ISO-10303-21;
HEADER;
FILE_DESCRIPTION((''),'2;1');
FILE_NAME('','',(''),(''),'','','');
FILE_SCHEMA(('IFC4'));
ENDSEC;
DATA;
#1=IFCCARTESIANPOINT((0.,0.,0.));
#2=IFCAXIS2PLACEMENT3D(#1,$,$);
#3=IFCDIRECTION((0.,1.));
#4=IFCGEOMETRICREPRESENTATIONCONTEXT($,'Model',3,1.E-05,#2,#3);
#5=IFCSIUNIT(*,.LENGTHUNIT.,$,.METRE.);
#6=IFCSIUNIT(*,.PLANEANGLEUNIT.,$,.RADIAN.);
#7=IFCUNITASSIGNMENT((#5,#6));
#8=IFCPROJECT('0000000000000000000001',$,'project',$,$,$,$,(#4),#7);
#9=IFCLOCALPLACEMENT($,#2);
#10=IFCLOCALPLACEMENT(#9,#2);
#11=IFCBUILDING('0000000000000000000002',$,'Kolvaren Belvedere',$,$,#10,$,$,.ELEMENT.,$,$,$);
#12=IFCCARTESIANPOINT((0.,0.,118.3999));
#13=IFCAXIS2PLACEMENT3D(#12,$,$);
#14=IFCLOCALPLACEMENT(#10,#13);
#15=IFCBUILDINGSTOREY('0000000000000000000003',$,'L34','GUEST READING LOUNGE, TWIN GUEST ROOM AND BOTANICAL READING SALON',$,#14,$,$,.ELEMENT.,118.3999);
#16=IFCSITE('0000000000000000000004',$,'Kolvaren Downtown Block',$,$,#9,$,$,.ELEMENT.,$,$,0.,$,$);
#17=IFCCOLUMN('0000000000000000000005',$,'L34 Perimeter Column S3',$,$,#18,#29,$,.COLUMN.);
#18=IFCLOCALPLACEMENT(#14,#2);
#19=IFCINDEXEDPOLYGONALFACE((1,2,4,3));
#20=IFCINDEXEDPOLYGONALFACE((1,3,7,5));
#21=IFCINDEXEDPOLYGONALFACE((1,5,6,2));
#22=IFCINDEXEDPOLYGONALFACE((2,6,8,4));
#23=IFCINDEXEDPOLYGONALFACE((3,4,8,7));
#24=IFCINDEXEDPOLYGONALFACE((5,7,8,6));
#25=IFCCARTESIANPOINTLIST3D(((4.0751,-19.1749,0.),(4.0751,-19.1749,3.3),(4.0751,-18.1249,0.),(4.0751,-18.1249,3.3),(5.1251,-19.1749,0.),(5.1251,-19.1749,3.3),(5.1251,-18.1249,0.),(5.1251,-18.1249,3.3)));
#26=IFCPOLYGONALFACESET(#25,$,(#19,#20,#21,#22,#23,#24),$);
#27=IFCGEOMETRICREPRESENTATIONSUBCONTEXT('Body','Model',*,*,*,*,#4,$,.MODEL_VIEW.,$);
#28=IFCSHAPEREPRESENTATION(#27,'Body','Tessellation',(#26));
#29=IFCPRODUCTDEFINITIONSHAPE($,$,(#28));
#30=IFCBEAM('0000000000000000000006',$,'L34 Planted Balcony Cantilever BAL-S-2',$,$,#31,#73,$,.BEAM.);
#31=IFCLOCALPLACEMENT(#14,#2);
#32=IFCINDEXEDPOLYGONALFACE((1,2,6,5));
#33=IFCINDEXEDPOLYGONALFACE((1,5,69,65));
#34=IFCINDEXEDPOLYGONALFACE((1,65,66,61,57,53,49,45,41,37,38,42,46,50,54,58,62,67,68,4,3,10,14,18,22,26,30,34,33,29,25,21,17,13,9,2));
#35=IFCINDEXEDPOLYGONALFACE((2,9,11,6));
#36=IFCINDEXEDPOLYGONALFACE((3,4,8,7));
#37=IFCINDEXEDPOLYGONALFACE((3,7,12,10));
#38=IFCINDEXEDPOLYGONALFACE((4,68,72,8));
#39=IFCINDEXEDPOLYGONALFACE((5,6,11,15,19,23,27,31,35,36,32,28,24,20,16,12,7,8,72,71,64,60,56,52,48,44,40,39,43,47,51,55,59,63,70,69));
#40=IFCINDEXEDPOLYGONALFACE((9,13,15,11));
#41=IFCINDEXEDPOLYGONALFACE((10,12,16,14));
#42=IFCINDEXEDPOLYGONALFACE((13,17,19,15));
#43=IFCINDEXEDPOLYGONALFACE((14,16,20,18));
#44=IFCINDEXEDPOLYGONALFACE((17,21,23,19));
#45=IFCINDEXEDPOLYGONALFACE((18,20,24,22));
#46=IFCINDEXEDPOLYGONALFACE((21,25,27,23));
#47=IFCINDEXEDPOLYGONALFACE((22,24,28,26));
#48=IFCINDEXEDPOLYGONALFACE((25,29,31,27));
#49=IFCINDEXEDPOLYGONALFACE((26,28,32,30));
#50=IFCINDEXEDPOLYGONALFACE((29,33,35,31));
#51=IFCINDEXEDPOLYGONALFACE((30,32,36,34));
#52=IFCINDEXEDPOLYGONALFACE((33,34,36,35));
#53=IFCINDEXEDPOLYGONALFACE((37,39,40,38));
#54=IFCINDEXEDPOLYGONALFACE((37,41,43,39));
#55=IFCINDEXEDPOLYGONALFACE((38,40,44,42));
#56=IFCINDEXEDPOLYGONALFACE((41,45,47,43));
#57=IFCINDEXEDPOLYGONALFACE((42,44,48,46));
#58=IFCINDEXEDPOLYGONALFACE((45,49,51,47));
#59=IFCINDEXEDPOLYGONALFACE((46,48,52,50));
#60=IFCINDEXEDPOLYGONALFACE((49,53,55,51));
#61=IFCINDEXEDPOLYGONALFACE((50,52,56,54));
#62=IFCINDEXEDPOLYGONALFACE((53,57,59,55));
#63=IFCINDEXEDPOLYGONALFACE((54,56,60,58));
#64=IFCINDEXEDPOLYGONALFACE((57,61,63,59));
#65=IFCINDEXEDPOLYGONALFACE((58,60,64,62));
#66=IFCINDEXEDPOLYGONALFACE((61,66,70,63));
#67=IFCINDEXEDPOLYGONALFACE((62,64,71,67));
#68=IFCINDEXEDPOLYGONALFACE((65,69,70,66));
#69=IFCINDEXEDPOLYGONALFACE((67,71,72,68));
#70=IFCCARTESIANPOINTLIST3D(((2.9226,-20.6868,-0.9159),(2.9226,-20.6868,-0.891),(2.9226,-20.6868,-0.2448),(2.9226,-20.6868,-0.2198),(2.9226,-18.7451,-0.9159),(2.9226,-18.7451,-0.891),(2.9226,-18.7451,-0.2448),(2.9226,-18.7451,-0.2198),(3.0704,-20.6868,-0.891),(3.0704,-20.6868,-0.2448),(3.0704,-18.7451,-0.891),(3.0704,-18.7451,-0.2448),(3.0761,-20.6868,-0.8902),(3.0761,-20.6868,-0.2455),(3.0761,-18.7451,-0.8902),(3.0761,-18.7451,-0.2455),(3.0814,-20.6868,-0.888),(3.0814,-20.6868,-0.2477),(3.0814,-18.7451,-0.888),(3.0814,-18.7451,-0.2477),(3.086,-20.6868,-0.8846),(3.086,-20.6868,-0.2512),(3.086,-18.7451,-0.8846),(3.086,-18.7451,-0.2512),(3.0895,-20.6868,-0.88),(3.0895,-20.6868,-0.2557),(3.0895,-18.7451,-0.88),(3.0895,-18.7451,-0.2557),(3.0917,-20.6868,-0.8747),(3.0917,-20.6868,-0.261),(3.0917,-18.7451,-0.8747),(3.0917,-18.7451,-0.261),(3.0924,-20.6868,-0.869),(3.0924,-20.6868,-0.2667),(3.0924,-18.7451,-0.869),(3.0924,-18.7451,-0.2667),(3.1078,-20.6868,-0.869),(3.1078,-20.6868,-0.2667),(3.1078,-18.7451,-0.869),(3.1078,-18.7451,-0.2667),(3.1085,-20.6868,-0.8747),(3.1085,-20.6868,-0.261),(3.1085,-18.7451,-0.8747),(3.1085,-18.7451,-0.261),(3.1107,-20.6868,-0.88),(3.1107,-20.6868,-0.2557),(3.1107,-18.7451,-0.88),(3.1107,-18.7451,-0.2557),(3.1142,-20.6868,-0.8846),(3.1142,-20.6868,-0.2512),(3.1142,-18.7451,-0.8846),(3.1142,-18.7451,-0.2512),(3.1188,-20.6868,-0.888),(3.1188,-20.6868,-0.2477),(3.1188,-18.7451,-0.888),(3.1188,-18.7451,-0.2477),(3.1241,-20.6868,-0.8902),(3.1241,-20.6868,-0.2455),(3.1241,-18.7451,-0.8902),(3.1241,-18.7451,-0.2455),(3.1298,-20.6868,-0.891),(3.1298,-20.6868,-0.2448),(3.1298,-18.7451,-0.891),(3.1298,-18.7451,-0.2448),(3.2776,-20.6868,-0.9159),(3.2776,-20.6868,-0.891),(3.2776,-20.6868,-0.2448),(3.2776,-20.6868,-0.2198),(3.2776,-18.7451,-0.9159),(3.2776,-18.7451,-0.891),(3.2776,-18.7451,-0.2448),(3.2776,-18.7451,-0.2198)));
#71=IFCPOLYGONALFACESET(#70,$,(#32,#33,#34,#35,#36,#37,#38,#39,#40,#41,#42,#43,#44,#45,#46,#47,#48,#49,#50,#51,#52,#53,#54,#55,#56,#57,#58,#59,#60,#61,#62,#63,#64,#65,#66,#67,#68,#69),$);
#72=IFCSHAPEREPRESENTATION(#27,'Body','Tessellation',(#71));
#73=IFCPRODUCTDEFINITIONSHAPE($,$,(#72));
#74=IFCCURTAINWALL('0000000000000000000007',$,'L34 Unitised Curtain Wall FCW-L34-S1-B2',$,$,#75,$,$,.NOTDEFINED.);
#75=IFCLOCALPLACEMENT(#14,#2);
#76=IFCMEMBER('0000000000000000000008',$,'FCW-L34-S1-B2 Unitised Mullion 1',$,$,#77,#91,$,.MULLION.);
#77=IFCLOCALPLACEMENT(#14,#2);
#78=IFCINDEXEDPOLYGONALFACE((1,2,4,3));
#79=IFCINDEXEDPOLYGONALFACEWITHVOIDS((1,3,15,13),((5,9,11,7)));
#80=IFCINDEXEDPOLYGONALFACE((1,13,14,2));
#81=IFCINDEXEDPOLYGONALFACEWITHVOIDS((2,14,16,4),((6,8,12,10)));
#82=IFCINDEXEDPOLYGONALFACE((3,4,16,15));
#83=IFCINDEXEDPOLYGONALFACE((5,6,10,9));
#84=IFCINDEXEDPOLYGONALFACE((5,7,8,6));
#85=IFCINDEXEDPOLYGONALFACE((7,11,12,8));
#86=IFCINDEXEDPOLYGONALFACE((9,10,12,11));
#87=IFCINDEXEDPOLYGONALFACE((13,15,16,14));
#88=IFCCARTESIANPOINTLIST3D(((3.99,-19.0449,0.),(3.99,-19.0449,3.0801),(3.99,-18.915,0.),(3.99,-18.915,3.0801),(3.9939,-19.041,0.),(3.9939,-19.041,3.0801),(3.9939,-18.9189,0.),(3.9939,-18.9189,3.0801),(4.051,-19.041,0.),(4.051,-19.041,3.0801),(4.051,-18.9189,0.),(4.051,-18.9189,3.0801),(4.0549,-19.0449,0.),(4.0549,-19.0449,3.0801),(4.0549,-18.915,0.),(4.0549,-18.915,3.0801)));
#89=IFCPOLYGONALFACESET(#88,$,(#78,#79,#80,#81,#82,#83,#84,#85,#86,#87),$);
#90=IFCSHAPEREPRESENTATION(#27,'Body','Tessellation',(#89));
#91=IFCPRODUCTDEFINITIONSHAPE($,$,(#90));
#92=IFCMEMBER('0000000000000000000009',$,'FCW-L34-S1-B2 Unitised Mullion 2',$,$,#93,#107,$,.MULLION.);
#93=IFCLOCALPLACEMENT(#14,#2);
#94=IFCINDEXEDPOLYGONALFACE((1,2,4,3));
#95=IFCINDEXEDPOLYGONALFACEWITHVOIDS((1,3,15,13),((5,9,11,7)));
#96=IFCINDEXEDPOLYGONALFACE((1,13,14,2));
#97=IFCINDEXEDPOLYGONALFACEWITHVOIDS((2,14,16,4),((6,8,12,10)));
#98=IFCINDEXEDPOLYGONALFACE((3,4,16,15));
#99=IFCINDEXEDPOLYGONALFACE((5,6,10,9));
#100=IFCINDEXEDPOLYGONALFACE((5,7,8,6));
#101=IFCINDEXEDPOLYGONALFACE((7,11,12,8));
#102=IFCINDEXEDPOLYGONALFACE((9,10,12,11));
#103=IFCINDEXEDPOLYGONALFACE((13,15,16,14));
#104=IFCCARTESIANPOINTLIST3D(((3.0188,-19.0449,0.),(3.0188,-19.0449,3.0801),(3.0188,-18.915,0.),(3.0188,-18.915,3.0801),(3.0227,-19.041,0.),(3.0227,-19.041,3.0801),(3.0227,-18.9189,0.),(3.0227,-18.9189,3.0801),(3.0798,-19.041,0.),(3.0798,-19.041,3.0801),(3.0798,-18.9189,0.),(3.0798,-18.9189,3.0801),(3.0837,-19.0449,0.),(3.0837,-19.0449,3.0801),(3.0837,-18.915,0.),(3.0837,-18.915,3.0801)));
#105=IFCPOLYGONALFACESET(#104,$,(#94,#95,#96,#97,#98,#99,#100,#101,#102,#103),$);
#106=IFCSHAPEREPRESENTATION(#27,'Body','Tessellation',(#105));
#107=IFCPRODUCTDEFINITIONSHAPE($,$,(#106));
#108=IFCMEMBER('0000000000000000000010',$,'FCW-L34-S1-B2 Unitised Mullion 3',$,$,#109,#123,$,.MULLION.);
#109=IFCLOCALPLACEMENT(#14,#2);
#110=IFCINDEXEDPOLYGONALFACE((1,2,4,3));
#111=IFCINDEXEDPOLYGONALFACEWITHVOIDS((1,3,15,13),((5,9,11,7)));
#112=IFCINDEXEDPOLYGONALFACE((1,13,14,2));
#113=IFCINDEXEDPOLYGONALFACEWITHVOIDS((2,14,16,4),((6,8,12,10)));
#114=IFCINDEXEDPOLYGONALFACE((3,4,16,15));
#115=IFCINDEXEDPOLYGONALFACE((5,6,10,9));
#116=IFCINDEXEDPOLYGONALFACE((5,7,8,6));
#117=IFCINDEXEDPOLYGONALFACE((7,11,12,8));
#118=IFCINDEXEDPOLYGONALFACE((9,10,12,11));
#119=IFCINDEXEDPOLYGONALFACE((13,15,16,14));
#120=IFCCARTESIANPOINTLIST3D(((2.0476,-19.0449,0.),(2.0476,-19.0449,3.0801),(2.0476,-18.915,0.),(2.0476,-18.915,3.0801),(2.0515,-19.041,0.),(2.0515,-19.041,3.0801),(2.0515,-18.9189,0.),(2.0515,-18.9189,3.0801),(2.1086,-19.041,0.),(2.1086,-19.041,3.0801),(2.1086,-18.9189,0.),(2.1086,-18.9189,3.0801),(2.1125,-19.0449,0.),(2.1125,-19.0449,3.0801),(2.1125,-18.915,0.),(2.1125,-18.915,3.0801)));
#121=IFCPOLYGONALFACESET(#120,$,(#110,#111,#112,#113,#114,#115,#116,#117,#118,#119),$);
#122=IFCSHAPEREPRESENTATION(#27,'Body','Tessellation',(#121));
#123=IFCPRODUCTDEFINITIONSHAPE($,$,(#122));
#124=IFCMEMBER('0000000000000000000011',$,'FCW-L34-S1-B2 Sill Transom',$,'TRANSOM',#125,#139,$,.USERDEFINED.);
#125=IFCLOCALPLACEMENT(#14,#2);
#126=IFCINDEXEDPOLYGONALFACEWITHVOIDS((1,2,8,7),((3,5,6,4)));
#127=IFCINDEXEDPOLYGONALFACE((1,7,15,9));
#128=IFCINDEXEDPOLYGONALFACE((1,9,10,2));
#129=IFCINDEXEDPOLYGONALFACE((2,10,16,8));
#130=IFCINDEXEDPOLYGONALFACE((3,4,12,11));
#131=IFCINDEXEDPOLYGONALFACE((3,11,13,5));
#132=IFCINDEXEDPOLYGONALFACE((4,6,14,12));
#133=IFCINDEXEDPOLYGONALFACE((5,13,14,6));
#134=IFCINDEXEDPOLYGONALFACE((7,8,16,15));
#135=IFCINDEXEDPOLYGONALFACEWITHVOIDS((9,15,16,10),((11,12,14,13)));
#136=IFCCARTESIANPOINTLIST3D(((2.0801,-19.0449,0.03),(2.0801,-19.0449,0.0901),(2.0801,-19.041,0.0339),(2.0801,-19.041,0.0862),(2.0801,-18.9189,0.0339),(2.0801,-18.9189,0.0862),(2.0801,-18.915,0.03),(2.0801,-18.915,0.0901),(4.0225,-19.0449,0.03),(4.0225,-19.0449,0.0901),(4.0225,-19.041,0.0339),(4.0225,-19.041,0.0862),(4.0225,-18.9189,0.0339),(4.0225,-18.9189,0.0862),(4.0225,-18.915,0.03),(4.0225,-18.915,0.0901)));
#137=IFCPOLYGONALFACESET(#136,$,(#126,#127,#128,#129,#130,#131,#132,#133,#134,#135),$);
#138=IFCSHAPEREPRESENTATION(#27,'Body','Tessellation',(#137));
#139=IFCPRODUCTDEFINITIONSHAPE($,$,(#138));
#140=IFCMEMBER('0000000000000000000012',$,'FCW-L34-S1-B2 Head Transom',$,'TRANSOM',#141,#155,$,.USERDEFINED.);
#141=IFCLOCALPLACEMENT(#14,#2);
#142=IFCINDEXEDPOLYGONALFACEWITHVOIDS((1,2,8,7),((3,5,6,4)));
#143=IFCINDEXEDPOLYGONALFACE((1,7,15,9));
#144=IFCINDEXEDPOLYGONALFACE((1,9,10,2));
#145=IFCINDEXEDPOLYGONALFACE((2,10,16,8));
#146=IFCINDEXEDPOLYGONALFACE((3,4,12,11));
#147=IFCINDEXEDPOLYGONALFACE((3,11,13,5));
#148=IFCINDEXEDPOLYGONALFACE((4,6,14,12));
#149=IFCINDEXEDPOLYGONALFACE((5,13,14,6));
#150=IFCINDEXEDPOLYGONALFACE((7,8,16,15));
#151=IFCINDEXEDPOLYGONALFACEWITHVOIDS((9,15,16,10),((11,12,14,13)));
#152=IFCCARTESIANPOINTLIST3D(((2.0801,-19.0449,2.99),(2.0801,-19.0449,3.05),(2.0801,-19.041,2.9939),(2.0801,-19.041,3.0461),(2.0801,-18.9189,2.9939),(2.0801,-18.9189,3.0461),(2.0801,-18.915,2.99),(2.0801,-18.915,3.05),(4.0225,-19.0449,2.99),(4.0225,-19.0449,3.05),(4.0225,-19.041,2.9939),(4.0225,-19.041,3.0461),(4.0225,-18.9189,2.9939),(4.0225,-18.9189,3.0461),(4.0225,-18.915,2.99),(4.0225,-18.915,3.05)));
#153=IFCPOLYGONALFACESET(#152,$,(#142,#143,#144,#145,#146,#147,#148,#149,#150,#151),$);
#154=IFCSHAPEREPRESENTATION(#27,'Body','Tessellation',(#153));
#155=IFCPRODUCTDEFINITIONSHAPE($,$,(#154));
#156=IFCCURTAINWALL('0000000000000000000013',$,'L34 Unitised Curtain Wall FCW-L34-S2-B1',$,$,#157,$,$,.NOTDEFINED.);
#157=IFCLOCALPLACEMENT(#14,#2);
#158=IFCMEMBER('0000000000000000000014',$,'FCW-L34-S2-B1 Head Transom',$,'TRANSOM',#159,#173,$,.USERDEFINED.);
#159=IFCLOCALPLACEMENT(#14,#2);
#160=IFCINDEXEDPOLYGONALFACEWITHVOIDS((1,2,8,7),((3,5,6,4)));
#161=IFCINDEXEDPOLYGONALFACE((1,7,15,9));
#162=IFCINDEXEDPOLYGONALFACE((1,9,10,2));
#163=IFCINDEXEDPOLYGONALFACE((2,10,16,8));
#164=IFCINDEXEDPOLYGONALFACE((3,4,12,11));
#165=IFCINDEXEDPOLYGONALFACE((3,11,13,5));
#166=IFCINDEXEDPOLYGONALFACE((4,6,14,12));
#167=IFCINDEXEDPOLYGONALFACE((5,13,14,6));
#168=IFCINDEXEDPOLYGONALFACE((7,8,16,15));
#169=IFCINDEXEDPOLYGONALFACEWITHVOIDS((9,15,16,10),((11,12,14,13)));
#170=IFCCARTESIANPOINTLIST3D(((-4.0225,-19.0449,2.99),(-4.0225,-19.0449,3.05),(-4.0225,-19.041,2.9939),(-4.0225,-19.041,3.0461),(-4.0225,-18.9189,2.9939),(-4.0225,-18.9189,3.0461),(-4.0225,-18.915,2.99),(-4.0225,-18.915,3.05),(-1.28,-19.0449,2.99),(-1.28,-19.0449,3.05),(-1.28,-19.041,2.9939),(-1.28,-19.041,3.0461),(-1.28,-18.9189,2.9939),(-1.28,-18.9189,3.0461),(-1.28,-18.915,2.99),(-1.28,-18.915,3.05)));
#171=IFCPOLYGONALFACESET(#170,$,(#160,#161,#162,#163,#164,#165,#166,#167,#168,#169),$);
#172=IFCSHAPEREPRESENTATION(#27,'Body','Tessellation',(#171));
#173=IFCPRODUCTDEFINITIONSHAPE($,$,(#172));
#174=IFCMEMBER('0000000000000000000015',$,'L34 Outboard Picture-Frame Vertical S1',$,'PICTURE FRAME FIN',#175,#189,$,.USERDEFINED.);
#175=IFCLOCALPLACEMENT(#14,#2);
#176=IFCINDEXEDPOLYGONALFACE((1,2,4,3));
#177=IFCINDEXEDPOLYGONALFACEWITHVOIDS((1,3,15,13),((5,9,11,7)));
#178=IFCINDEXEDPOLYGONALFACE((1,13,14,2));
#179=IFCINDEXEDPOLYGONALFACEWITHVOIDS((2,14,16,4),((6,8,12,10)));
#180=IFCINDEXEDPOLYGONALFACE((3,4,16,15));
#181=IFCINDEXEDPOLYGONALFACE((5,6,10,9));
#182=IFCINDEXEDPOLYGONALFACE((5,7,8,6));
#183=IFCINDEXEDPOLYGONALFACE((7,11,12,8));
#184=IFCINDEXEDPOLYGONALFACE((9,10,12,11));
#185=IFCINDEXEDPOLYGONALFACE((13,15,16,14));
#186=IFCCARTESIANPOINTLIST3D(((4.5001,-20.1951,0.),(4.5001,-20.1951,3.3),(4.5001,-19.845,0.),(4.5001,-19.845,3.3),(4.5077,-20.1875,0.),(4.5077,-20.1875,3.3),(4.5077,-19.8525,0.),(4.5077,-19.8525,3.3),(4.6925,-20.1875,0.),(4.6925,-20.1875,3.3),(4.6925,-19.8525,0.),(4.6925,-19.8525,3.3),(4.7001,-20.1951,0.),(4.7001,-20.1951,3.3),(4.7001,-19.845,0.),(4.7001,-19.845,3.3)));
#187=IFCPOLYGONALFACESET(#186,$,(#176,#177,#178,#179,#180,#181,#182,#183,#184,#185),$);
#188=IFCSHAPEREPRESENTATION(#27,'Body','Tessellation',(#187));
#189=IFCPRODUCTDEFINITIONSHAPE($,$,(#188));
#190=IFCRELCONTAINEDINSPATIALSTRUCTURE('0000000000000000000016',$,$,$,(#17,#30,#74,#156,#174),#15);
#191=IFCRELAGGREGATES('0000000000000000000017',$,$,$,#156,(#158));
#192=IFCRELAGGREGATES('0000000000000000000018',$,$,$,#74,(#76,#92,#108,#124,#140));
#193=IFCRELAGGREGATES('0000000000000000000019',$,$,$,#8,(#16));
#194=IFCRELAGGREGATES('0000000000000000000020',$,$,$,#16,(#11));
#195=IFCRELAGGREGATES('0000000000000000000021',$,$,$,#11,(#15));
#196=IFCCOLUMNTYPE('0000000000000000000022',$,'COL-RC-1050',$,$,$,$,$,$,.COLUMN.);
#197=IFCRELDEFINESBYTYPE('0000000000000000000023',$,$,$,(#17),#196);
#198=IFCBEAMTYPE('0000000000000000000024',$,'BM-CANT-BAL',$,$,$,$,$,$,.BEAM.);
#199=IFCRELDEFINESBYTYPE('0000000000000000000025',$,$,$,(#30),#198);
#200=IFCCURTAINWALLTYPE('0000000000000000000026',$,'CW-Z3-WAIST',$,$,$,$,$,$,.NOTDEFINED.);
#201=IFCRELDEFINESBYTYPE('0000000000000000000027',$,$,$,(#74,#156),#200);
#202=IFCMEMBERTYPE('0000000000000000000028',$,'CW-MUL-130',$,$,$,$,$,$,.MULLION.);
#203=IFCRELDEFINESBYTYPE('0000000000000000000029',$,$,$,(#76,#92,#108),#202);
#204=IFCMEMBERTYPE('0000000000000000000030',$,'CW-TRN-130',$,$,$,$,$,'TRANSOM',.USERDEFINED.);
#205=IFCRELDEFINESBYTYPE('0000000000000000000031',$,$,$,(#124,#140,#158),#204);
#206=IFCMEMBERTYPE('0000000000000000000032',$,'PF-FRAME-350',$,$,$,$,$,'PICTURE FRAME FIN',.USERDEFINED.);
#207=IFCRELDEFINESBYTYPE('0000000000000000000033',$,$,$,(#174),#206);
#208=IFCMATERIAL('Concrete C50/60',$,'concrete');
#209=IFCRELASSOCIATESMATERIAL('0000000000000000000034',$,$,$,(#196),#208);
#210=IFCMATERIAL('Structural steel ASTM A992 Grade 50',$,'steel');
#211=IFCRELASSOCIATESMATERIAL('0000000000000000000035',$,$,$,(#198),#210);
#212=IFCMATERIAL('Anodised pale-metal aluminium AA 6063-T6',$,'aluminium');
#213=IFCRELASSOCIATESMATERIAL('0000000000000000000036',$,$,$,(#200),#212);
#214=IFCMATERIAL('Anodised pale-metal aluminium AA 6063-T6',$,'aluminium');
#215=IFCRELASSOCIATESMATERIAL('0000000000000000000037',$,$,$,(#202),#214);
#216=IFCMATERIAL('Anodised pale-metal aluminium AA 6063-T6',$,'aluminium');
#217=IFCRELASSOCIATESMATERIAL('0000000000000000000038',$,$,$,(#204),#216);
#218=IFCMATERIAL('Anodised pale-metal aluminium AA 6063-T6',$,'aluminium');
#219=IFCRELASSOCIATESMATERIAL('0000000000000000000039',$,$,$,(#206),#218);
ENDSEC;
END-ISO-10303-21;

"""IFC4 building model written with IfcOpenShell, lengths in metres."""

from ifc_helpers import new_model, si_unit, direction, frame, origin, origin_2d, place, context, subcontext, project, spatial, rectangle, hollow_rectangle, i_section, extrude, material, material_profile, profile_set, type_object, element, aggregate, save


model = new_model("IFC4")

# Units and contexts
model_context = context("Model", 3, precision=1e-05, world=origin(), true_north=direction((0.0, 1.0)))
body_context = subcontext(model_context, "Body", "Model", "MODEL_VIEW")
ifc_project = project(units=[si_unit("LENGTHUNIT", "METRE"), si_unit("PLANEANGLEUNIT", "RADIAN")], contexts=[model_context])

# Site, building, storey
site_placement = place(None, origin())
site = spatial("IfcSite", under=ifc_project, at=site_placement, Name="Kolvaren Downtown Block", CompositionType="ELEMENT", RefElevation=0.0)
building_placement = place(site_placement, origin())
building = spatial("IfcBuilding", under=site, at=building_placement, Name="Kolvaren Belvedere", CompositionType="ELEMENT")
storey_placement = place(building_placement, frame((0.0, 0.0, 118.3999)))
storey = spatial("IfcBuildingStorey", under=building, at=storey_placement, Name="L34", Description="GUEST READING LOUNGE, TWIN GUEST ROOM AND BOTANICAL READING SALON", CompositionType="ELEMENT", Elevation=118.3999)

# Column
ifc_material_1 = material(Name="Concrete C50/60", Category="concrete")
ifc_material_profile_1 = material_profile(ifc_material_1, rectangle(XDim=1.05, YDim=1.05, at=origin_2d()), Name="RC 1050X1050")
ifc_profile_set_1 = profile_set([ifc_material_profile_1], Name="Concrete C50/60")
column_type = type_object("IfcColumnType", Name="COL-RC-1050", PredefinedType="COLUMN", material=ifc_profile_set_1)
column_placement = place(storey_placement, frame((4.6001, -18.6499, 0.0), z_axis=(0.0, 0.0, 1.0), x_axis=(1.0, 0.0, 0.0)))
element("IfcColumn", 1, at=column_placement, inside=storey, type_object=column_type, Name="L34 Perimeter Column S3", PredefinedType="COLUMN", context=body_context, shape_type="SweptSolid", body=[
    extrude(rectangle(XDim=1.05, YDim=1.05, at=origin_2d()), origin(), (0.0, 0.0, 1.0), 3.3),
])

# Beam
ifc_material_2 = material(Name="Structural steel ASTM A992 Grade 50", Category="steel")
ifc_material_profile_2 = material_profile(ifc_material_2, i_section(OverallWidth=0.355, OverallDepth=0.696, WebThickness=0.0154, FlangeThickness=0.0249, FilletRadius=0.022, at=origin_2d()), Name="W27X146")
ifc_profile_set_2 = profile_set([ifc_material_profile_2], Name="Structural steel ASTM A992 Grade 50")
beam_type = type_object("IfcBeamType", Name="BM-CANT-BAL", PredefinedType="BEAM", material=ifc_profile_set_2)
beam_placement = place(storey_placement, frame((3.1001, -18.7451, -0.5679), z_axis=(0.0, -1.0, 0.0), x_axis=(1.0, 0.0, 0.0)))
element("IfcBeam", 2, at=beam_placement, inside=storey, type_object=beam_type, Name="L34 Planted Balcony Cantilever BAL-S-2", PredefinedType="BEAM", context=body_context, shape_type="SweptSolid", body=[
    extrude(i_section(OverallWidth=0.355, OverallDepth=0.696, WebThickness=0.0154, FlangeThickness=0.0249, FilletRadius=0.022, at=origin_2d()), origin(), (0.0, 0.0, 1.0), 1.9417),
])

# Curtain wall, members
ifc_material_3 = material(Name="Anodised pale-metal aluminium AA 6063-T6", Category="aluminium")
curtain_wall_type = type_object("IfcCurtainWallType", Name="CW-Z3-WAIST", PredefinedType="NOTDEFINED", material=ifc_material_3)
curtain_wall_1_placement = place(storey_placement, origin())
curtain_wall_1 = element("IfcCurtainWall", 3, at=curtain_wall_1_placement, inside=storey, type_object=curtain_wall_type, Name="L34 Unitised Curtain Wall FCW-L34-S1-B2", PredefinedType="NOTDEFINED")
ifc_material_4 = material(Name="Anodised pale-metal aluminium AA 6063-T6", Category="aluminium")
ifc_material_profile_3 = material_profile(ifc_material_4, hollow_rectangle(XDim=0.0649, YDim=0.1299, WallThickness=0.0039, at=origin_2d()), Name="ALU-MUL-130X65")
ifc_profile_set_3 = profile_set([ifc_material_profile_3], Name="Anodised pale-metal aluminium AA 6063-T6")
member_type_1 = type_object("IfcMemberType", Name="CW-MUL-130", PredefinedType="MULLION", material=ifc_profile_set_3)
member_1_placement = place(storey_placement, frame((4.0225, -18.98, 0.0), z_axis=(0.0, 0.0, 1.0), x_axis=(1.0, 0.0, 0.0)))
member_1 = element("IfcMember", 4, at=member_1_placement, type_object=member_type_1, Name="FCW-L34-S1-B2 Unitised Mullion 1", PredefinedType="MULLION", context=body_context, shape_type="SweptSolid", body=[
    extrude(hollow_rectangle(XDim=0.0649, YDim=0.1299, WallThickness=0.0039, at=origin_2d()), origin(), (0.0, 0.0, 1.0), 3.0801),
])
member_2_placement = place(storey_placement, frame((3.0513, -18.98, 0.0), z_axis=(0.0, 0.0, 1.0), x_axis=(1.0, 0.0, 0.0)))
member_2 = element("IfcMember", 5, at=member_2_placement, type_object=member_type_1, Name="FCW-L34-S1-B2 Unitised Mullion 2", PredefinedType="MULLION", context=body_context, shape_type="SweptSolid", body=[
    extrude(hollow_rectangle(XDim=0.0649, YDim=0.1299, WallThickness=0.0039, at=origin_2d()), origin(), (0.0, 0.0, 1.0), 3.0801),
])
member_3_placement = place(storey_placement, frame((2.0801, -18.98, 0.0), z_axis=(0.0, 0.0, 1.0), x_axis=(1.0, 0.0, 0.0)))
member_3 = element("IfcMember", 6, at=member_3_placement, type_object=member_type_1, Name="FCW-L34-S1-B2 Unitised Mullion 3", PredefinedType="MULLION", context=body_context, shape_type="SweptSolid", body=[
    extrude(hollow_rectangle(XDim=0.0649, YDim=0.1299, WallThickness=0.0039, at=origin_2d()), origin(), (0.0, 0.0, 1.0), 3.0801),
])
ifc_material_5 = material(Name="Anodised pale-metal aluminium AA 6063-T6", Category="aluminium")
ifc_material_profile_4 = material_profile(ifc_material_5, hollow_rectangle(XDim=0.0601, YDim=0.1299, WallThickness=0.0039, at=origin_2d()), Name="ALU-TRN-130X60")
ifc_profile_set_4 = profile_set([ifc_material_profile_4], Name="Anodised pale-metal aluminium AA 6063-T6")
member_type_2 = type_object("IfcMemberType", Name="CW-TRN-130", ElementType="TRANSOM", PredefinedType="USERDEFINED", material=ifc_profile_set_4)
member_4_placement = place(storey_placement, frame((4.0225, -18.98, 0.0601), z_axis=(-1.0, 0.0, 0.0), x_axis=(0.0, 0.0, 1.0)))
member_4 = element("IfcMember", 7, at=member_4_placement, type_object=member_type_2, Name="FCW-L34-S1-B2 Sill Transom", ObjectType="TRANSOM", PredefinedType="USERDEFINED", context=body_context, shape_type="SweptSolid", body=[
    extrude(hollow_rectangle(XDim=0.0601, YDim=0.1299, WallThickness=0.0039, at=origin_2d()), origin(), (0.0, 0.0, 1.0), 1.9424),
])
member_5_placement = place(storey_placement, frame((4.0225, -18.98, 3.02), z_axis=(-1.0, 0.0, 0.0), x_axis=(0.0, 0.0, 1.0)))
member_5 = element("IfcMember", 8, at=member_5_placement, type_object=member_type_2, Name="FCW-L34-S1-B2 Head Transom", ObjectType="TRANSOM", PredefinedType="USERDEFINED", context=body_context, shape_type="SweptSolid", body=[
    extrude(hollow_rectangle(XDim=0.0601, YDim=0.1299, WallThickness=0.0039, at=origin_2d()), origin(), (0.0, 0.0, 1.0), 1.9424),
])

# Curtain wall, member
curtain_wall_2_placement = place(storey_placement, origin())
curtain_wall_2 = element("IfcCurtainWall", 9, at=curtain_wall_2_placement, inside=storey, type_object=curtain_wall_type, Name="L34 Unitised Curtain Wall FCW-L34-S2-B1", PredefinedType="NOTDEFINED")
member_6_placement = place(storey_placement, frame((-1.28, -18.98, 3.02), z_axis=(-1.0, 0.0, 0.0), x_axis=(0.0, 0.0, 1.0)))
member_6 = element("IfcMember", 10, at=member_6_placement, type_object=member_type_2, Name="FCW-L34-S2-B1 Head Transom", ObjectType="TRANSOM", PredefinedType="USERDEFINED", context=body_context, shape_type="SweptSolid", body=[
    extrude(hollow_rectangle(XDim=0.0601, YDim=0.1299, WallThickness=0.0039, at=origin_2d()), origin(), (0.0, 0.0, 1.0), 2.7424),
])
aggregate(curtain_wall_2, [member_6])

# Member
ifc_material_6 = material(Name="Anodised pale-metal aluminium AA 6063-T6", Category="aluminium")
ifc_material_profile_5 = material_profile(ifc_material_6, hollow_rectangle(XDim=0.2, YDim=0.3501, WallThickness=0.0076, at=origin_2d()), Name="ALU-PF-350X200")
ifc_profile_set_5 = profile_set([ifc_material_profile_5], Name="Anodised pale-metal aluminium AA 6063-T6")
member_type_3 = type_object("IfcMemberType", Name="PF-FRAME-350", ElementType="PICTURE FRAME FIN", PredefinedType="USERDEFINED", material=ifc_profile_set_5)
member_7_placement = place(storey_placement, frame((4.6001, -20.02, 0.0), z_axis=(0.0, 0.0, 1.0), x_axis=(1.0, 0.0, 0.0)))
element("IfcMember", 11, at=member_7_placement, inside=storey, type_object=member_type_3, Name="L34 Outboard Picture-Frame Vertical S1", ObjectType="PICTURE FRAME FIN", PredefinedType="USERDEFINED", context=body_context, shape_type="SweptSolid", body=[
    extrude(hollow_rectangle(XDim=0.2, YDim=0.3501, WallThickness=0.0076, at=origin_2d()), origin(), (0.0, 0.0, 1.0), 3.3),
])

aggregate(curtain_wall_1, [member_1, member_2, member_3, member_4, member_5])

save(model, "model.ifc")
